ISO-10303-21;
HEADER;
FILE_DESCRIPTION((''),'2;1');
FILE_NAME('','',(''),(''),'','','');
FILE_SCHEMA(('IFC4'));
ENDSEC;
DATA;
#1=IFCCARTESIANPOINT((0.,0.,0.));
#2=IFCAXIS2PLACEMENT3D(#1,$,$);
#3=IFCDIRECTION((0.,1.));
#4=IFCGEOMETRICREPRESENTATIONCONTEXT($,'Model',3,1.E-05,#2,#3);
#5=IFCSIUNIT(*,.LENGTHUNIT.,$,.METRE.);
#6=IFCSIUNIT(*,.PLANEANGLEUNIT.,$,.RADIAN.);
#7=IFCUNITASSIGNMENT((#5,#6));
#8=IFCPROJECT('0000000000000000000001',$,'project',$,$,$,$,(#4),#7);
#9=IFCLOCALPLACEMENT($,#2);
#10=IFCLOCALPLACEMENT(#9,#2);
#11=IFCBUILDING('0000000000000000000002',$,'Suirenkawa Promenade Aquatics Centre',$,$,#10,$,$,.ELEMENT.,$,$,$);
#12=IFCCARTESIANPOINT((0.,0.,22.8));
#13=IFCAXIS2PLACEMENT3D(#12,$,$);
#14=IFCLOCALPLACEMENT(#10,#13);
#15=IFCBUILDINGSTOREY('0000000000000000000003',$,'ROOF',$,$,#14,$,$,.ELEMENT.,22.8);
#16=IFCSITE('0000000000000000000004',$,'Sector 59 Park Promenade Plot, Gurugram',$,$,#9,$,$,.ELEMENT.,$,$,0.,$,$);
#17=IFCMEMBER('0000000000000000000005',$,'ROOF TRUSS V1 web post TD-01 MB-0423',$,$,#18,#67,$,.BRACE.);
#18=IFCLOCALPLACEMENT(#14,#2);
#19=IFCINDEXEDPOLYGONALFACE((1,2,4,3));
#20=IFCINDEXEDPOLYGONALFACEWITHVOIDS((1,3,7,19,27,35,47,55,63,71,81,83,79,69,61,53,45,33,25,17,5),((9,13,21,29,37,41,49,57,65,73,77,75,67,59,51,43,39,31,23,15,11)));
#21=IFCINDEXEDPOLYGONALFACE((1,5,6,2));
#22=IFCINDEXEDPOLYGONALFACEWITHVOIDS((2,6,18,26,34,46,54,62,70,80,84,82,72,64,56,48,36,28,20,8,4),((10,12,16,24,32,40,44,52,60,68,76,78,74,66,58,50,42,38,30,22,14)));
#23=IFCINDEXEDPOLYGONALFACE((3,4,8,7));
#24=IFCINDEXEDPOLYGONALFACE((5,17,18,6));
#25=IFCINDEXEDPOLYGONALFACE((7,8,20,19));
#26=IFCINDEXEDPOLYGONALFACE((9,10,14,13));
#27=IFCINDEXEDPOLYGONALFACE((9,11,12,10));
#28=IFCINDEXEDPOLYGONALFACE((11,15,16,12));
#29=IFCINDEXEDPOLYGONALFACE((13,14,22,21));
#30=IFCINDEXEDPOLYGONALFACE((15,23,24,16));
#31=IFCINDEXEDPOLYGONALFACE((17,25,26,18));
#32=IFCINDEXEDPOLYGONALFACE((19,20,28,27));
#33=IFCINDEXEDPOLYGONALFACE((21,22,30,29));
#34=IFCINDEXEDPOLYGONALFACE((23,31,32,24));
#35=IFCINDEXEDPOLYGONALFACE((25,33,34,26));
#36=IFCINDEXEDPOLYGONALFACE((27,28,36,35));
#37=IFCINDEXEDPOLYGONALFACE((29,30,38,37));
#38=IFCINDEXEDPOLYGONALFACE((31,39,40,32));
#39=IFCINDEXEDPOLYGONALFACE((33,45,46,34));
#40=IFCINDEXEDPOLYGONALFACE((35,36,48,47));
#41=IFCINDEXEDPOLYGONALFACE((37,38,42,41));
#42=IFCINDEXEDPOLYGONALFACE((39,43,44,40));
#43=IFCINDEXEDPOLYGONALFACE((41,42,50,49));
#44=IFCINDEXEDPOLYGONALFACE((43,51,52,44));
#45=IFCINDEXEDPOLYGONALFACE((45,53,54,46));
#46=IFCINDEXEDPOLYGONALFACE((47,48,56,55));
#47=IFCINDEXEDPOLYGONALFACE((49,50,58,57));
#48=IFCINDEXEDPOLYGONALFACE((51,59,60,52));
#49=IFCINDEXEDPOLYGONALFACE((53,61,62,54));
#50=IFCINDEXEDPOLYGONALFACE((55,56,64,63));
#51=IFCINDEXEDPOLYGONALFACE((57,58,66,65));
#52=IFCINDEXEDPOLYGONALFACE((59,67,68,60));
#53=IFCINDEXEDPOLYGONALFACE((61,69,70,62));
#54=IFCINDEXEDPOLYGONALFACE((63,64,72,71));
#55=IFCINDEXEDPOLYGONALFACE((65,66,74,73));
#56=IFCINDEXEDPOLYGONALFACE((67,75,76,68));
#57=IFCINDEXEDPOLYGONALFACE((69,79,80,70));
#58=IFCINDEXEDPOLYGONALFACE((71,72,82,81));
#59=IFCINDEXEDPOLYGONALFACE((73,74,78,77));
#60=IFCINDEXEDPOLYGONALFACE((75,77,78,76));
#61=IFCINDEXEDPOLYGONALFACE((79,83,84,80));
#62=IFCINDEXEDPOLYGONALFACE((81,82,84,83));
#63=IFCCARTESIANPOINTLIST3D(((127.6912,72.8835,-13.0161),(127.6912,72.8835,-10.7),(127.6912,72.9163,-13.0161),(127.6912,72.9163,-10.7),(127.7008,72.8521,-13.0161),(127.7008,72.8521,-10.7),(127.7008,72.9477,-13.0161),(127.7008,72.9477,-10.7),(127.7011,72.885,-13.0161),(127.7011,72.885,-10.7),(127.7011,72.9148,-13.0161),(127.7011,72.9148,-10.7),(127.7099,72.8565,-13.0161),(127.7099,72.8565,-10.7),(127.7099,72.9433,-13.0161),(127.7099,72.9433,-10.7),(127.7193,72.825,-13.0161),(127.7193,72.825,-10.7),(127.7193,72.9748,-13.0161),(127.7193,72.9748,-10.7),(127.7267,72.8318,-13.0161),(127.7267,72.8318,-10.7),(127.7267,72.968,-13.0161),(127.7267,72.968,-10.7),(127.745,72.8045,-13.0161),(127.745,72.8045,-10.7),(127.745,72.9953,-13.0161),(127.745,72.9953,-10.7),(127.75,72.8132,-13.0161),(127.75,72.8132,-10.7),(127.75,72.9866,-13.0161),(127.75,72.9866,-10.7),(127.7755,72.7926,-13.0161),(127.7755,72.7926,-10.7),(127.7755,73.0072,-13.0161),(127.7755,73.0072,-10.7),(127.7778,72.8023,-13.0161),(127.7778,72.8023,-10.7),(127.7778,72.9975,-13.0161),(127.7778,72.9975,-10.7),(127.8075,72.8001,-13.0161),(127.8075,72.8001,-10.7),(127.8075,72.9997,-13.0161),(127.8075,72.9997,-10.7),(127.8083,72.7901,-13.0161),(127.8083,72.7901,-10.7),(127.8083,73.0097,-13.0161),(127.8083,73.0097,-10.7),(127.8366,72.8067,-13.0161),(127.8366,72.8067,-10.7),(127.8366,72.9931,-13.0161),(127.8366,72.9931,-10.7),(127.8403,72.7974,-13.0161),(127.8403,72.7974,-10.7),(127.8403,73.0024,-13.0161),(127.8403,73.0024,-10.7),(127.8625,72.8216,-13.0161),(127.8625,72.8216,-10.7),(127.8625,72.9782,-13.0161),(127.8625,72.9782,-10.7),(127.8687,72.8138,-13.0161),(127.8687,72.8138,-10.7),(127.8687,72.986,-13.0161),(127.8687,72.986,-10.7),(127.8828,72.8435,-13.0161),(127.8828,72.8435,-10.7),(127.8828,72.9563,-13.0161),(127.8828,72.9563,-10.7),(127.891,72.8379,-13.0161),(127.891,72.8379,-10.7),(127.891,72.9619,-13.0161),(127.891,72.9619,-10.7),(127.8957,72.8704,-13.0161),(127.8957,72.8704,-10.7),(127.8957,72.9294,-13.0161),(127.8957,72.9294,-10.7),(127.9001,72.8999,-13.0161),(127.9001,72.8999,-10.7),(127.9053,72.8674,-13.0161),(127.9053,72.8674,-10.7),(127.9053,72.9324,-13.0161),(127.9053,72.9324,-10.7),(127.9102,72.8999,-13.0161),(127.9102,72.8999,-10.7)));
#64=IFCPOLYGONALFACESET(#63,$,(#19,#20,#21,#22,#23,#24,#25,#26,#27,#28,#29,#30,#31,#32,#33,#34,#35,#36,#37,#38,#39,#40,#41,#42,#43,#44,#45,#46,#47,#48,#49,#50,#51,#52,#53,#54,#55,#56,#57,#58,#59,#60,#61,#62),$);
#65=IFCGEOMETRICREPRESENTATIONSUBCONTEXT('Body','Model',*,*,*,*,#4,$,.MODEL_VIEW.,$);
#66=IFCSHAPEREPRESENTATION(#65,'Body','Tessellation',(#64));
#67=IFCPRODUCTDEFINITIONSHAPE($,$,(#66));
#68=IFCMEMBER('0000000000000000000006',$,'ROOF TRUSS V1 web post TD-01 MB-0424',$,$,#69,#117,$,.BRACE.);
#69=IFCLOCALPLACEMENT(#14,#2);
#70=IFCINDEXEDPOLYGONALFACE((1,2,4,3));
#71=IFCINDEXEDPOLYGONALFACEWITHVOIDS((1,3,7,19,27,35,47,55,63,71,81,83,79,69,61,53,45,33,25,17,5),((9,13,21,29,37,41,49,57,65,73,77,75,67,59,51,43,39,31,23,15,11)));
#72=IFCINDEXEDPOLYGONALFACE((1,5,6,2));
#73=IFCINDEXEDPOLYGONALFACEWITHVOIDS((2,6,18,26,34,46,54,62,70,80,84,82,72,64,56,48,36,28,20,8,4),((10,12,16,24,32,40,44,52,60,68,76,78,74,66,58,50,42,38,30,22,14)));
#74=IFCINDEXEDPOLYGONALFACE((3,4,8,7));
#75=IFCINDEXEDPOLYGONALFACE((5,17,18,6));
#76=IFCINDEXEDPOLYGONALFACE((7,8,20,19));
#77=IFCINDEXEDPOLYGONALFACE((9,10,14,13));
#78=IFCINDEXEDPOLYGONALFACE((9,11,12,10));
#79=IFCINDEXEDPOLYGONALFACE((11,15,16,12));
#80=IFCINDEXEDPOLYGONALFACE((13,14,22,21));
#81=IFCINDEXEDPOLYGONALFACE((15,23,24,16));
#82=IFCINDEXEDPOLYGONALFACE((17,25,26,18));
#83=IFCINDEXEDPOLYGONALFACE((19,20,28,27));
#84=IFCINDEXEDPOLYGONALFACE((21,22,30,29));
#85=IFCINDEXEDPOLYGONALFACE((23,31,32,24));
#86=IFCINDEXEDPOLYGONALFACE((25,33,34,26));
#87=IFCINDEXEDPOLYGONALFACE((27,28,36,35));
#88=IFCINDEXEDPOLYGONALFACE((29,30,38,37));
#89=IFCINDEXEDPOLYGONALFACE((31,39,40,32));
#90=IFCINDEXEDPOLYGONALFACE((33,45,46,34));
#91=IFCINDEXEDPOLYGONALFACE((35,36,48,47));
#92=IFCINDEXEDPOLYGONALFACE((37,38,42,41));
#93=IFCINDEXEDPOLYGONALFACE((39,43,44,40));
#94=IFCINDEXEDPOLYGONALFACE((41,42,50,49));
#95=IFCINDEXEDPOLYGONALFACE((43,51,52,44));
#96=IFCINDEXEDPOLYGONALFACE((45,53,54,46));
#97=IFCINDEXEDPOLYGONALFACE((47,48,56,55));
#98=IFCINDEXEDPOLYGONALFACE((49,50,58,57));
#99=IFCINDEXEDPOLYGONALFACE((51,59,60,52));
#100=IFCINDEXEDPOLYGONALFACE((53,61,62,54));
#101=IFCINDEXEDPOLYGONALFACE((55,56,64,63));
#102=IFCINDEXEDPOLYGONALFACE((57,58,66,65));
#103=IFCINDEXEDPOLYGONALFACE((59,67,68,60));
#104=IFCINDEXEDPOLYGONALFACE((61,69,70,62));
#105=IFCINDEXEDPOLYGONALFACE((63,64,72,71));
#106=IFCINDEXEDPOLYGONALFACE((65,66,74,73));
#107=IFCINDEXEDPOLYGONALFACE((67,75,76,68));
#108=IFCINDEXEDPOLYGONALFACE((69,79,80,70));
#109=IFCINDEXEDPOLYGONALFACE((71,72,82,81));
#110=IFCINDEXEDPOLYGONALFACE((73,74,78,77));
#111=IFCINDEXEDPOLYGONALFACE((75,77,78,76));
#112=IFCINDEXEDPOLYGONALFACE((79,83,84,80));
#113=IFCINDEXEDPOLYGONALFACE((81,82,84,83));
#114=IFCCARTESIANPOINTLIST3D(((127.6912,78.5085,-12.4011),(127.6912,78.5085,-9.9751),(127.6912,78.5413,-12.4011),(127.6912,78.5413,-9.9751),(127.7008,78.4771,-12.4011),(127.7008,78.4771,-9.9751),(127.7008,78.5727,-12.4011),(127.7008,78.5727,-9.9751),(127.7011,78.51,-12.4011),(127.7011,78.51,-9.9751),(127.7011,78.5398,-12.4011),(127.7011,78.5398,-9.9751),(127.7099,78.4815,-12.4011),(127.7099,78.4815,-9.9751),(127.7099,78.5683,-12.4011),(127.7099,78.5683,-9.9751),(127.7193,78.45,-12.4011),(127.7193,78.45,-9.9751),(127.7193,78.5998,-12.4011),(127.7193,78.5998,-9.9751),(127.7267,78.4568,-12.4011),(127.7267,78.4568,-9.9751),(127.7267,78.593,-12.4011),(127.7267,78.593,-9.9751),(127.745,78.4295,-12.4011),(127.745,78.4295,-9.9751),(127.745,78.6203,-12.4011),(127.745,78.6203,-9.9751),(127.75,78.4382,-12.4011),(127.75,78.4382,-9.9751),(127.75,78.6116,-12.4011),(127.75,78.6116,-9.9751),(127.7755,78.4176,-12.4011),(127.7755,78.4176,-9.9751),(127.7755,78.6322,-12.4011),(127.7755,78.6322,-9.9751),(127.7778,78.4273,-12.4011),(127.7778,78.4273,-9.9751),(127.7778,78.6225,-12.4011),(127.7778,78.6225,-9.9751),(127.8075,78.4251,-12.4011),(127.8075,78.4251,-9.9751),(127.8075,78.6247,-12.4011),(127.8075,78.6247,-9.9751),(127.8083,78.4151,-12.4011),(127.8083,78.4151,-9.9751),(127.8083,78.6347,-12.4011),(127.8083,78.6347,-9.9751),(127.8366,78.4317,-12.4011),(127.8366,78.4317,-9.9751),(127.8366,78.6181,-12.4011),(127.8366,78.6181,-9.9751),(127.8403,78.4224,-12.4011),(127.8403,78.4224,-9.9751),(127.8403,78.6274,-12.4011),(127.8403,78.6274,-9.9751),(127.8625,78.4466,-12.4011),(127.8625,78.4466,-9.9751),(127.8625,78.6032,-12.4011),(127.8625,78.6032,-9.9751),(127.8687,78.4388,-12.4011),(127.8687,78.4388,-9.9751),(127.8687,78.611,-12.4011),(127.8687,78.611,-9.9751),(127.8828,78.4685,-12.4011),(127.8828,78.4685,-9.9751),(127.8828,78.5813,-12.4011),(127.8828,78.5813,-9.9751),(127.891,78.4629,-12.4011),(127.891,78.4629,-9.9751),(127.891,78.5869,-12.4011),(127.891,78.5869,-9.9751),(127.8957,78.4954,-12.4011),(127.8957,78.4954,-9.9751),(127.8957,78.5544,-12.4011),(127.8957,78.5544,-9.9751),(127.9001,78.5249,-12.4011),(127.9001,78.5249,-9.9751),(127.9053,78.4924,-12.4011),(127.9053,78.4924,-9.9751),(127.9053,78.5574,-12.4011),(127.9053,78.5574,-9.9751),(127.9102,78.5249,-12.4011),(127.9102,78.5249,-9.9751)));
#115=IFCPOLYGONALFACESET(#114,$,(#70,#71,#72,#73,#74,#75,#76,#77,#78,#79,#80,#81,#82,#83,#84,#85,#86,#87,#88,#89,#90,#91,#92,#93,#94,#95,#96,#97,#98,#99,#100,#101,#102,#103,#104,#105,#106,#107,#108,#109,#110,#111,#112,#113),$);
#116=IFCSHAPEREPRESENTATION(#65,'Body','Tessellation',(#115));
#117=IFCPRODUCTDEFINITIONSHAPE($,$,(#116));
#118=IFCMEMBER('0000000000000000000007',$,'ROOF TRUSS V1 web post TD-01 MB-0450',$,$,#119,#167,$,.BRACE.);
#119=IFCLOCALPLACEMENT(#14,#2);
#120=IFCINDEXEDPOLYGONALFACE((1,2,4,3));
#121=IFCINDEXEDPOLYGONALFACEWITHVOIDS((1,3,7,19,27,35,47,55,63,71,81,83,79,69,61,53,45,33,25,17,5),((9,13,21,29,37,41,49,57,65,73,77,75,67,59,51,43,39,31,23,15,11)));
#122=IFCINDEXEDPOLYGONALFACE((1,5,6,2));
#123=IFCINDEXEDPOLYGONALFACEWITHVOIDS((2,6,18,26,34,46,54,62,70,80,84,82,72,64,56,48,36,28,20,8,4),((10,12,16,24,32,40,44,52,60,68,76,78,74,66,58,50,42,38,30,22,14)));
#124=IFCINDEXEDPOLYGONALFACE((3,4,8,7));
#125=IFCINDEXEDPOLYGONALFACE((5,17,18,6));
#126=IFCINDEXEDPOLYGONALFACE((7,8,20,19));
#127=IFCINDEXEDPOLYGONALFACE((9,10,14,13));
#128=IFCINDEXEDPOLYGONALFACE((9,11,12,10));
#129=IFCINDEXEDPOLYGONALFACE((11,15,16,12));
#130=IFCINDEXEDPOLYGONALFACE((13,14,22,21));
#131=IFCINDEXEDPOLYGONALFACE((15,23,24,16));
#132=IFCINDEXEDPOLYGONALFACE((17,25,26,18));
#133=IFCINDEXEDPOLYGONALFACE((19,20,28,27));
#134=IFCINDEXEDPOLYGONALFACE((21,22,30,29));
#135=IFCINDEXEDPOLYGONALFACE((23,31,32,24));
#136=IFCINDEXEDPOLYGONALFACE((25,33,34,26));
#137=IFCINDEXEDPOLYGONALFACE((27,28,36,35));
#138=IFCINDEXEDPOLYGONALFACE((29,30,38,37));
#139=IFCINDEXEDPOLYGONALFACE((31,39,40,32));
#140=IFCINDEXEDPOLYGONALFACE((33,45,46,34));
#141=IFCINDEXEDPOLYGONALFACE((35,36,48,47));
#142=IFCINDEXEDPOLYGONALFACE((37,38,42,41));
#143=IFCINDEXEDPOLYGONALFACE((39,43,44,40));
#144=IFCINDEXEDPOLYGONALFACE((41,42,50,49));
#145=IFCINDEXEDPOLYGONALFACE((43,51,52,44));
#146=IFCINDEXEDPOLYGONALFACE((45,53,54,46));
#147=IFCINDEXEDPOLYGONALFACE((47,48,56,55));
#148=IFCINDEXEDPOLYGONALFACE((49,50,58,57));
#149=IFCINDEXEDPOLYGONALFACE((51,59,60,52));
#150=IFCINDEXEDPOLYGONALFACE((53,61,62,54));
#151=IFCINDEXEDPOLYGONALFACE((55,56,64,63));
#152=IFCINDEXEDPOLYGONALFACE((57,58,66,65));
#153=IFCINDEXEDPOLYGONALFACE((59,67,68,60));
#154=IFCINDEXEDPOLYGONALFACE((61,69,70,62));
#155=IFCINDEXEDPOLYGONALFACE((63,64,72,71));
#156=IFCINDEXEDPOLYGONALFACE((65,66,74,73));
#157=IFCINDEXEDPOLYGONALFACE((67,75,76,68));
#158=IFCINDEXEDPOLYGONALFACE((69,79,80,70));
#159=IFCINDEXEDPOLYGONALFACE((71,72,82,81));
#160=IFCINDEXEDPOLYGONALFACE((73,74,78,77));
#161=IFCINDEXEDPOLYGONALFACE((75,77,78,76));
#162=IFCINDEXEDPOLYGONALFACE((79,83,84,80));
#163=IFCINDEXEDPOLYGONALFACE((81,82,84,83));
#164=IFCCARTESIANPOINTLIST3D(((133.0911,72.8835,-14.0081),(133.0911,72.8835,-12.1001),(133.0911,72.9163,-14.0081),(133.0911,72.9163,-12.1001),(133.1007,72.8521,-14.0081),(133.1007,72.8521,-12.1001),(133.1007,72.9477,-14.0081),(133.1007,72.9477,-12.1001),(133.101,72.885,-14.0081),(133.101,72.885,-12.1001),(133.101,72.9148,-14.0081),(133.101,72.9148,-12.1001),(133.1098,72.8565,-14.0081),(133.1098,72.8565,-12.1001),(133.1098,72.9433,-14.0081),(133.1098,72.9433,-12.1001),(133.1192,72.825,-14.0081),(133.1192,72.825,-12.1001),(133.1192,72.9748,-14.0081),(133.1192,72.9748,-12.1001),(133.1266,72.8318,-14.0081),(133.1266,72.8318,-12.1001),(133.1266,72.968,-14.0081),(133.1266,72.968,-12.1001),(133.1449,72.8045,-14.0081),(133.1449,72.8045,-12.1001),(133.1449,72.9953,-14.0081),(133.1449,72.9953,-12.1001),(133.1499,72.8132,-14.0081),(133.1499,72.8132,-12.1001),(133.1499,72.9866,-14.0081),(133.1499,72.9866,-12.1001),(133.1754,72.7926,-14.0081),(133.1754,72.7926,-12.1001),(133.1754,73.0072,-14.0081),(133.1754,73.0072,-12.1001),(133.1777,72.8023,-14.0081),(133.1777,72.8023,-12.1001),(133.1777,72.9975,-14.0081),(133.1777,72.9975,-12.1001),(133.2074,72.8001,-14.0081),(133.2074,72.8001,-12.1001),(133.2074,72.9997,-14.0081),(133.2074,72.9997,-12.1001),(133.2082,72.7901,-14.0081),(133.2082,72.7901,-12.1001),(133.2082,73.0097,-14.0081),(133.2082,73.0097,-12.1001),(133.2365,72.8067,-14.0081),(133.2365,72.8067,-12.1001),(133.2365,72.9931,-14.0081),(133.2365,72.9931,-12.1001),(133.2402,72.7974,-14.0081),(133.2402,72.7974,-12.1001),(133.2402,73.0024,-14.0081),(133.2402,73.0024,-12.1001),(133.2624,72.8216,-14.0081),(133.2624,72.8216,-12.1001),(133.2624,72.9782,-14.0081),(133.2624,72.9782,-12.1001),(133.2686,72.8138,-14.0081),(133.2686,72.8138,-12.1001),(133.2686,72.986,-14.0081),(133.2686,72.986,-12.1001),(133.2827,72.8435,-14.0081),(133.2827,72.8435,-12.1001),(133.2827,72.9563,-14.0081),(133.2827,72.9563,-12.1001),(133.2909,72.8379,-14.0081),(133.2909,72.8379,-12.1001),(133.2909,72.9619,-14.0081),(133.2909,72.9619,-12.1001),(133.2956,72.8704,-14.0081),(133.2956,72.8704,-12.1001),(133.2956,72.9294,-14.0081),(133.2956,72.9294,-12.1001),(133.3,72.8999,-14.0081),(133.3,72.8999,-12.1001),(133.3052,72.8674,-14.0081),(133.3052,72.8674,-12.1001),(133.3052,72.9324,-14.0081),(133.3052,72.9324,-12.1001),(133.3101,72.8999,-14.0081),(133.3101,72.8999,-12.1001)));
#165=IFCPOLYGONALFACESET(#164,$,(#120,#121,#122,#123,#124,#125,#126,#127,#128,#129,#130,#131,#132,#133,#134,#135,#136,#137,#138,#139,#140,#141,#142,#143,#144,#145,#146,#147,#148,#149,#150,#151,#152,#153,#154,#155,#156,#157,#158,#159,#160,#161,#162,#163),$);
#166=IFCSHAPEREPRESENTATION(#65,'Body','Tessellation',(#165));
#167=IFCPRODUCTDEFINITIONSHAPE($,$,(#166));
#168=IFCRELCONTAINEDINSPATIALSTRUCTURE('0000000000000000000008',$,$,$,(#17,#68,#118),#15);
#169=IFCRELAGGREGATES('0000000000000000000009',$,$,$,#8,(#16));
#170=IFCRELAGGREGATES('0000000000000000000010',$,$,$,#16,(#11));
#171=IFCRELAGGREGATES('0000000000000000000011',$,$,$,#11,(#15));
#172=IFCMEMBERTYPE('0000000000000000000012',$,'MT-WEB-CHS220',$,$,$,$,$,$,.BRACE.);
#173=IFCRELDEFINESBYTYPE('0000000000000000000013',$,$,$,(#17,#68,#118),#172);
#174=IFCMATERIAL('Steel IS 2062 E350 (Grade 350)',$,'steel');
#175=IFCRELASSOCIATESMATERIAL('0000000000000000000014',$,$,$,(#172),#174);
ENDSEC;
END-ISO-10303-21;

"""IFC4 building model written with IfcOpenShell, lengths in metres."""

from ifc_helpers import new_model, si_unit, direction, frame, origin, origin_2d, place, context, subcontext, project, spatial, hollow_circle, extrude, material, material_profile, profile_set, type_object, element, save


model = new_model("IFC4")

# Units and contexts
model_context = context("Model", 3, precision=1e-05, world=origin(), true_north=direction((0.0, 1.0)))
body_context = subcontext(model_context, "Body", "Model", "MODEL_VIEW")
ifc_project = project(units=[si_unit("LENGTHUNIT", "METRE"), si_unit("PLANEANGLEUNIT", "RADIAN")], contexts=[model_context])

# Site, building, storey
site_placement = place(None, origin())
site = spatial("IfcSite", under=ifc_project, at=site_placement, Name="Sector 59 Park Promenade Plot, Gurugram", CompositionType="ELEMENT", RefElevation=0.0)
building_placement = place(site_placement, origin())
building = spatial("IfcBuilding", under=site, at=building_placement, Name="Suirenkawa Promenade Aquatics Centre", CompositionType="ELEMENT")
storey_placement = place(building_placement, frame((0.0, 0.0, 22.8)))
storey = spatial("IfcBuildingStorey", under=building, at=storey_placement, Name="ROOF", CompositionType="ELEMENT", Elevation=22.8)

# Shared definitions
ifc_material = material(Name="Steel IS 2062 E350 (Grade 350)", Category="steel")

# Members
ifc_material_profile_1 = material_profile(ifc_material, hollow_circle(Radius=0.1101, WallThickness=0.01, at=origin_2d()), Name="CHS 220x10", Category="steel")
ifc_profile_set_1 = profile_set([ifc_material_profile_1], Name="Steel IS 2062 E350 (Grade 350)")
member_type_1 = type_object("IfcMemberType", Name="MT-WEB-CHS220", PredefinedType="BRACE", material=ifc_profile_set_1)
member_1_placement = place(storey_placement, frame((127.8, 72.8999, -13.0161), z_axis=(0.0, 0.0, 1.0), x_axis=(1.0, 0.0, 0.0)))
element("IfcMember", 1, at=member_1_placement, inside=storey, type_object=member_type_1, Name="ROOF TRUSS V1 web post TD-01 MB-0423", PredefinedType="BRACE", context=body_context, shape_type="SweptSolid", body=[
    extrude(hollow_circle(Radius=0.1101, WallThickness=0.01, at=origin_2d()), origin(), (0.0, 0.0, 1.0), 2.3162),
])
member_2_placement = place(storey_placement, frame((127.8, 78.5249, -12.4011), z_axis=(0.0, 0.0, 1.0), x_axis=(1.0, 0.0, 0.0)))
element("IfcMember", 2, at=member_2_placement, inside=storey, type_object=member_type_1, Name="ROOF TRUSS V1 web post TD-01 MB-0424", PredefinedType="BRACE", context=body_context, shape_type="SweptSolid", body=[
    extrude(hollow_circle(Radius=0.1101, WallThickness=0.01, at=origin_2d()), origin(), (0.0, 0.0, 1.0), 2.426),
])
member_3_placement = place(storey_placement, frame((133.2, 72.8999, -14.0081), z_axis=(0.0, 0.0, 1.0), x_axis=(1.0, 0.0, 0.0)))
element("IfcMember", 3, at=member_3_placement, inside=storey, type_object=member_type_1, Name="ROOF TRUSS V1 web post TD-01 MB-0450", PredefinedType="BRACE", context=body_context, shape_type="SweptSolid", body=[
    extrude(hollow_circle(Radius=0.1101, WallThickness=0.01, at=origin_2d()), origin(), (0.0, 0.0, 1.0), 1.908),
])

save(model, "model.ifc")
